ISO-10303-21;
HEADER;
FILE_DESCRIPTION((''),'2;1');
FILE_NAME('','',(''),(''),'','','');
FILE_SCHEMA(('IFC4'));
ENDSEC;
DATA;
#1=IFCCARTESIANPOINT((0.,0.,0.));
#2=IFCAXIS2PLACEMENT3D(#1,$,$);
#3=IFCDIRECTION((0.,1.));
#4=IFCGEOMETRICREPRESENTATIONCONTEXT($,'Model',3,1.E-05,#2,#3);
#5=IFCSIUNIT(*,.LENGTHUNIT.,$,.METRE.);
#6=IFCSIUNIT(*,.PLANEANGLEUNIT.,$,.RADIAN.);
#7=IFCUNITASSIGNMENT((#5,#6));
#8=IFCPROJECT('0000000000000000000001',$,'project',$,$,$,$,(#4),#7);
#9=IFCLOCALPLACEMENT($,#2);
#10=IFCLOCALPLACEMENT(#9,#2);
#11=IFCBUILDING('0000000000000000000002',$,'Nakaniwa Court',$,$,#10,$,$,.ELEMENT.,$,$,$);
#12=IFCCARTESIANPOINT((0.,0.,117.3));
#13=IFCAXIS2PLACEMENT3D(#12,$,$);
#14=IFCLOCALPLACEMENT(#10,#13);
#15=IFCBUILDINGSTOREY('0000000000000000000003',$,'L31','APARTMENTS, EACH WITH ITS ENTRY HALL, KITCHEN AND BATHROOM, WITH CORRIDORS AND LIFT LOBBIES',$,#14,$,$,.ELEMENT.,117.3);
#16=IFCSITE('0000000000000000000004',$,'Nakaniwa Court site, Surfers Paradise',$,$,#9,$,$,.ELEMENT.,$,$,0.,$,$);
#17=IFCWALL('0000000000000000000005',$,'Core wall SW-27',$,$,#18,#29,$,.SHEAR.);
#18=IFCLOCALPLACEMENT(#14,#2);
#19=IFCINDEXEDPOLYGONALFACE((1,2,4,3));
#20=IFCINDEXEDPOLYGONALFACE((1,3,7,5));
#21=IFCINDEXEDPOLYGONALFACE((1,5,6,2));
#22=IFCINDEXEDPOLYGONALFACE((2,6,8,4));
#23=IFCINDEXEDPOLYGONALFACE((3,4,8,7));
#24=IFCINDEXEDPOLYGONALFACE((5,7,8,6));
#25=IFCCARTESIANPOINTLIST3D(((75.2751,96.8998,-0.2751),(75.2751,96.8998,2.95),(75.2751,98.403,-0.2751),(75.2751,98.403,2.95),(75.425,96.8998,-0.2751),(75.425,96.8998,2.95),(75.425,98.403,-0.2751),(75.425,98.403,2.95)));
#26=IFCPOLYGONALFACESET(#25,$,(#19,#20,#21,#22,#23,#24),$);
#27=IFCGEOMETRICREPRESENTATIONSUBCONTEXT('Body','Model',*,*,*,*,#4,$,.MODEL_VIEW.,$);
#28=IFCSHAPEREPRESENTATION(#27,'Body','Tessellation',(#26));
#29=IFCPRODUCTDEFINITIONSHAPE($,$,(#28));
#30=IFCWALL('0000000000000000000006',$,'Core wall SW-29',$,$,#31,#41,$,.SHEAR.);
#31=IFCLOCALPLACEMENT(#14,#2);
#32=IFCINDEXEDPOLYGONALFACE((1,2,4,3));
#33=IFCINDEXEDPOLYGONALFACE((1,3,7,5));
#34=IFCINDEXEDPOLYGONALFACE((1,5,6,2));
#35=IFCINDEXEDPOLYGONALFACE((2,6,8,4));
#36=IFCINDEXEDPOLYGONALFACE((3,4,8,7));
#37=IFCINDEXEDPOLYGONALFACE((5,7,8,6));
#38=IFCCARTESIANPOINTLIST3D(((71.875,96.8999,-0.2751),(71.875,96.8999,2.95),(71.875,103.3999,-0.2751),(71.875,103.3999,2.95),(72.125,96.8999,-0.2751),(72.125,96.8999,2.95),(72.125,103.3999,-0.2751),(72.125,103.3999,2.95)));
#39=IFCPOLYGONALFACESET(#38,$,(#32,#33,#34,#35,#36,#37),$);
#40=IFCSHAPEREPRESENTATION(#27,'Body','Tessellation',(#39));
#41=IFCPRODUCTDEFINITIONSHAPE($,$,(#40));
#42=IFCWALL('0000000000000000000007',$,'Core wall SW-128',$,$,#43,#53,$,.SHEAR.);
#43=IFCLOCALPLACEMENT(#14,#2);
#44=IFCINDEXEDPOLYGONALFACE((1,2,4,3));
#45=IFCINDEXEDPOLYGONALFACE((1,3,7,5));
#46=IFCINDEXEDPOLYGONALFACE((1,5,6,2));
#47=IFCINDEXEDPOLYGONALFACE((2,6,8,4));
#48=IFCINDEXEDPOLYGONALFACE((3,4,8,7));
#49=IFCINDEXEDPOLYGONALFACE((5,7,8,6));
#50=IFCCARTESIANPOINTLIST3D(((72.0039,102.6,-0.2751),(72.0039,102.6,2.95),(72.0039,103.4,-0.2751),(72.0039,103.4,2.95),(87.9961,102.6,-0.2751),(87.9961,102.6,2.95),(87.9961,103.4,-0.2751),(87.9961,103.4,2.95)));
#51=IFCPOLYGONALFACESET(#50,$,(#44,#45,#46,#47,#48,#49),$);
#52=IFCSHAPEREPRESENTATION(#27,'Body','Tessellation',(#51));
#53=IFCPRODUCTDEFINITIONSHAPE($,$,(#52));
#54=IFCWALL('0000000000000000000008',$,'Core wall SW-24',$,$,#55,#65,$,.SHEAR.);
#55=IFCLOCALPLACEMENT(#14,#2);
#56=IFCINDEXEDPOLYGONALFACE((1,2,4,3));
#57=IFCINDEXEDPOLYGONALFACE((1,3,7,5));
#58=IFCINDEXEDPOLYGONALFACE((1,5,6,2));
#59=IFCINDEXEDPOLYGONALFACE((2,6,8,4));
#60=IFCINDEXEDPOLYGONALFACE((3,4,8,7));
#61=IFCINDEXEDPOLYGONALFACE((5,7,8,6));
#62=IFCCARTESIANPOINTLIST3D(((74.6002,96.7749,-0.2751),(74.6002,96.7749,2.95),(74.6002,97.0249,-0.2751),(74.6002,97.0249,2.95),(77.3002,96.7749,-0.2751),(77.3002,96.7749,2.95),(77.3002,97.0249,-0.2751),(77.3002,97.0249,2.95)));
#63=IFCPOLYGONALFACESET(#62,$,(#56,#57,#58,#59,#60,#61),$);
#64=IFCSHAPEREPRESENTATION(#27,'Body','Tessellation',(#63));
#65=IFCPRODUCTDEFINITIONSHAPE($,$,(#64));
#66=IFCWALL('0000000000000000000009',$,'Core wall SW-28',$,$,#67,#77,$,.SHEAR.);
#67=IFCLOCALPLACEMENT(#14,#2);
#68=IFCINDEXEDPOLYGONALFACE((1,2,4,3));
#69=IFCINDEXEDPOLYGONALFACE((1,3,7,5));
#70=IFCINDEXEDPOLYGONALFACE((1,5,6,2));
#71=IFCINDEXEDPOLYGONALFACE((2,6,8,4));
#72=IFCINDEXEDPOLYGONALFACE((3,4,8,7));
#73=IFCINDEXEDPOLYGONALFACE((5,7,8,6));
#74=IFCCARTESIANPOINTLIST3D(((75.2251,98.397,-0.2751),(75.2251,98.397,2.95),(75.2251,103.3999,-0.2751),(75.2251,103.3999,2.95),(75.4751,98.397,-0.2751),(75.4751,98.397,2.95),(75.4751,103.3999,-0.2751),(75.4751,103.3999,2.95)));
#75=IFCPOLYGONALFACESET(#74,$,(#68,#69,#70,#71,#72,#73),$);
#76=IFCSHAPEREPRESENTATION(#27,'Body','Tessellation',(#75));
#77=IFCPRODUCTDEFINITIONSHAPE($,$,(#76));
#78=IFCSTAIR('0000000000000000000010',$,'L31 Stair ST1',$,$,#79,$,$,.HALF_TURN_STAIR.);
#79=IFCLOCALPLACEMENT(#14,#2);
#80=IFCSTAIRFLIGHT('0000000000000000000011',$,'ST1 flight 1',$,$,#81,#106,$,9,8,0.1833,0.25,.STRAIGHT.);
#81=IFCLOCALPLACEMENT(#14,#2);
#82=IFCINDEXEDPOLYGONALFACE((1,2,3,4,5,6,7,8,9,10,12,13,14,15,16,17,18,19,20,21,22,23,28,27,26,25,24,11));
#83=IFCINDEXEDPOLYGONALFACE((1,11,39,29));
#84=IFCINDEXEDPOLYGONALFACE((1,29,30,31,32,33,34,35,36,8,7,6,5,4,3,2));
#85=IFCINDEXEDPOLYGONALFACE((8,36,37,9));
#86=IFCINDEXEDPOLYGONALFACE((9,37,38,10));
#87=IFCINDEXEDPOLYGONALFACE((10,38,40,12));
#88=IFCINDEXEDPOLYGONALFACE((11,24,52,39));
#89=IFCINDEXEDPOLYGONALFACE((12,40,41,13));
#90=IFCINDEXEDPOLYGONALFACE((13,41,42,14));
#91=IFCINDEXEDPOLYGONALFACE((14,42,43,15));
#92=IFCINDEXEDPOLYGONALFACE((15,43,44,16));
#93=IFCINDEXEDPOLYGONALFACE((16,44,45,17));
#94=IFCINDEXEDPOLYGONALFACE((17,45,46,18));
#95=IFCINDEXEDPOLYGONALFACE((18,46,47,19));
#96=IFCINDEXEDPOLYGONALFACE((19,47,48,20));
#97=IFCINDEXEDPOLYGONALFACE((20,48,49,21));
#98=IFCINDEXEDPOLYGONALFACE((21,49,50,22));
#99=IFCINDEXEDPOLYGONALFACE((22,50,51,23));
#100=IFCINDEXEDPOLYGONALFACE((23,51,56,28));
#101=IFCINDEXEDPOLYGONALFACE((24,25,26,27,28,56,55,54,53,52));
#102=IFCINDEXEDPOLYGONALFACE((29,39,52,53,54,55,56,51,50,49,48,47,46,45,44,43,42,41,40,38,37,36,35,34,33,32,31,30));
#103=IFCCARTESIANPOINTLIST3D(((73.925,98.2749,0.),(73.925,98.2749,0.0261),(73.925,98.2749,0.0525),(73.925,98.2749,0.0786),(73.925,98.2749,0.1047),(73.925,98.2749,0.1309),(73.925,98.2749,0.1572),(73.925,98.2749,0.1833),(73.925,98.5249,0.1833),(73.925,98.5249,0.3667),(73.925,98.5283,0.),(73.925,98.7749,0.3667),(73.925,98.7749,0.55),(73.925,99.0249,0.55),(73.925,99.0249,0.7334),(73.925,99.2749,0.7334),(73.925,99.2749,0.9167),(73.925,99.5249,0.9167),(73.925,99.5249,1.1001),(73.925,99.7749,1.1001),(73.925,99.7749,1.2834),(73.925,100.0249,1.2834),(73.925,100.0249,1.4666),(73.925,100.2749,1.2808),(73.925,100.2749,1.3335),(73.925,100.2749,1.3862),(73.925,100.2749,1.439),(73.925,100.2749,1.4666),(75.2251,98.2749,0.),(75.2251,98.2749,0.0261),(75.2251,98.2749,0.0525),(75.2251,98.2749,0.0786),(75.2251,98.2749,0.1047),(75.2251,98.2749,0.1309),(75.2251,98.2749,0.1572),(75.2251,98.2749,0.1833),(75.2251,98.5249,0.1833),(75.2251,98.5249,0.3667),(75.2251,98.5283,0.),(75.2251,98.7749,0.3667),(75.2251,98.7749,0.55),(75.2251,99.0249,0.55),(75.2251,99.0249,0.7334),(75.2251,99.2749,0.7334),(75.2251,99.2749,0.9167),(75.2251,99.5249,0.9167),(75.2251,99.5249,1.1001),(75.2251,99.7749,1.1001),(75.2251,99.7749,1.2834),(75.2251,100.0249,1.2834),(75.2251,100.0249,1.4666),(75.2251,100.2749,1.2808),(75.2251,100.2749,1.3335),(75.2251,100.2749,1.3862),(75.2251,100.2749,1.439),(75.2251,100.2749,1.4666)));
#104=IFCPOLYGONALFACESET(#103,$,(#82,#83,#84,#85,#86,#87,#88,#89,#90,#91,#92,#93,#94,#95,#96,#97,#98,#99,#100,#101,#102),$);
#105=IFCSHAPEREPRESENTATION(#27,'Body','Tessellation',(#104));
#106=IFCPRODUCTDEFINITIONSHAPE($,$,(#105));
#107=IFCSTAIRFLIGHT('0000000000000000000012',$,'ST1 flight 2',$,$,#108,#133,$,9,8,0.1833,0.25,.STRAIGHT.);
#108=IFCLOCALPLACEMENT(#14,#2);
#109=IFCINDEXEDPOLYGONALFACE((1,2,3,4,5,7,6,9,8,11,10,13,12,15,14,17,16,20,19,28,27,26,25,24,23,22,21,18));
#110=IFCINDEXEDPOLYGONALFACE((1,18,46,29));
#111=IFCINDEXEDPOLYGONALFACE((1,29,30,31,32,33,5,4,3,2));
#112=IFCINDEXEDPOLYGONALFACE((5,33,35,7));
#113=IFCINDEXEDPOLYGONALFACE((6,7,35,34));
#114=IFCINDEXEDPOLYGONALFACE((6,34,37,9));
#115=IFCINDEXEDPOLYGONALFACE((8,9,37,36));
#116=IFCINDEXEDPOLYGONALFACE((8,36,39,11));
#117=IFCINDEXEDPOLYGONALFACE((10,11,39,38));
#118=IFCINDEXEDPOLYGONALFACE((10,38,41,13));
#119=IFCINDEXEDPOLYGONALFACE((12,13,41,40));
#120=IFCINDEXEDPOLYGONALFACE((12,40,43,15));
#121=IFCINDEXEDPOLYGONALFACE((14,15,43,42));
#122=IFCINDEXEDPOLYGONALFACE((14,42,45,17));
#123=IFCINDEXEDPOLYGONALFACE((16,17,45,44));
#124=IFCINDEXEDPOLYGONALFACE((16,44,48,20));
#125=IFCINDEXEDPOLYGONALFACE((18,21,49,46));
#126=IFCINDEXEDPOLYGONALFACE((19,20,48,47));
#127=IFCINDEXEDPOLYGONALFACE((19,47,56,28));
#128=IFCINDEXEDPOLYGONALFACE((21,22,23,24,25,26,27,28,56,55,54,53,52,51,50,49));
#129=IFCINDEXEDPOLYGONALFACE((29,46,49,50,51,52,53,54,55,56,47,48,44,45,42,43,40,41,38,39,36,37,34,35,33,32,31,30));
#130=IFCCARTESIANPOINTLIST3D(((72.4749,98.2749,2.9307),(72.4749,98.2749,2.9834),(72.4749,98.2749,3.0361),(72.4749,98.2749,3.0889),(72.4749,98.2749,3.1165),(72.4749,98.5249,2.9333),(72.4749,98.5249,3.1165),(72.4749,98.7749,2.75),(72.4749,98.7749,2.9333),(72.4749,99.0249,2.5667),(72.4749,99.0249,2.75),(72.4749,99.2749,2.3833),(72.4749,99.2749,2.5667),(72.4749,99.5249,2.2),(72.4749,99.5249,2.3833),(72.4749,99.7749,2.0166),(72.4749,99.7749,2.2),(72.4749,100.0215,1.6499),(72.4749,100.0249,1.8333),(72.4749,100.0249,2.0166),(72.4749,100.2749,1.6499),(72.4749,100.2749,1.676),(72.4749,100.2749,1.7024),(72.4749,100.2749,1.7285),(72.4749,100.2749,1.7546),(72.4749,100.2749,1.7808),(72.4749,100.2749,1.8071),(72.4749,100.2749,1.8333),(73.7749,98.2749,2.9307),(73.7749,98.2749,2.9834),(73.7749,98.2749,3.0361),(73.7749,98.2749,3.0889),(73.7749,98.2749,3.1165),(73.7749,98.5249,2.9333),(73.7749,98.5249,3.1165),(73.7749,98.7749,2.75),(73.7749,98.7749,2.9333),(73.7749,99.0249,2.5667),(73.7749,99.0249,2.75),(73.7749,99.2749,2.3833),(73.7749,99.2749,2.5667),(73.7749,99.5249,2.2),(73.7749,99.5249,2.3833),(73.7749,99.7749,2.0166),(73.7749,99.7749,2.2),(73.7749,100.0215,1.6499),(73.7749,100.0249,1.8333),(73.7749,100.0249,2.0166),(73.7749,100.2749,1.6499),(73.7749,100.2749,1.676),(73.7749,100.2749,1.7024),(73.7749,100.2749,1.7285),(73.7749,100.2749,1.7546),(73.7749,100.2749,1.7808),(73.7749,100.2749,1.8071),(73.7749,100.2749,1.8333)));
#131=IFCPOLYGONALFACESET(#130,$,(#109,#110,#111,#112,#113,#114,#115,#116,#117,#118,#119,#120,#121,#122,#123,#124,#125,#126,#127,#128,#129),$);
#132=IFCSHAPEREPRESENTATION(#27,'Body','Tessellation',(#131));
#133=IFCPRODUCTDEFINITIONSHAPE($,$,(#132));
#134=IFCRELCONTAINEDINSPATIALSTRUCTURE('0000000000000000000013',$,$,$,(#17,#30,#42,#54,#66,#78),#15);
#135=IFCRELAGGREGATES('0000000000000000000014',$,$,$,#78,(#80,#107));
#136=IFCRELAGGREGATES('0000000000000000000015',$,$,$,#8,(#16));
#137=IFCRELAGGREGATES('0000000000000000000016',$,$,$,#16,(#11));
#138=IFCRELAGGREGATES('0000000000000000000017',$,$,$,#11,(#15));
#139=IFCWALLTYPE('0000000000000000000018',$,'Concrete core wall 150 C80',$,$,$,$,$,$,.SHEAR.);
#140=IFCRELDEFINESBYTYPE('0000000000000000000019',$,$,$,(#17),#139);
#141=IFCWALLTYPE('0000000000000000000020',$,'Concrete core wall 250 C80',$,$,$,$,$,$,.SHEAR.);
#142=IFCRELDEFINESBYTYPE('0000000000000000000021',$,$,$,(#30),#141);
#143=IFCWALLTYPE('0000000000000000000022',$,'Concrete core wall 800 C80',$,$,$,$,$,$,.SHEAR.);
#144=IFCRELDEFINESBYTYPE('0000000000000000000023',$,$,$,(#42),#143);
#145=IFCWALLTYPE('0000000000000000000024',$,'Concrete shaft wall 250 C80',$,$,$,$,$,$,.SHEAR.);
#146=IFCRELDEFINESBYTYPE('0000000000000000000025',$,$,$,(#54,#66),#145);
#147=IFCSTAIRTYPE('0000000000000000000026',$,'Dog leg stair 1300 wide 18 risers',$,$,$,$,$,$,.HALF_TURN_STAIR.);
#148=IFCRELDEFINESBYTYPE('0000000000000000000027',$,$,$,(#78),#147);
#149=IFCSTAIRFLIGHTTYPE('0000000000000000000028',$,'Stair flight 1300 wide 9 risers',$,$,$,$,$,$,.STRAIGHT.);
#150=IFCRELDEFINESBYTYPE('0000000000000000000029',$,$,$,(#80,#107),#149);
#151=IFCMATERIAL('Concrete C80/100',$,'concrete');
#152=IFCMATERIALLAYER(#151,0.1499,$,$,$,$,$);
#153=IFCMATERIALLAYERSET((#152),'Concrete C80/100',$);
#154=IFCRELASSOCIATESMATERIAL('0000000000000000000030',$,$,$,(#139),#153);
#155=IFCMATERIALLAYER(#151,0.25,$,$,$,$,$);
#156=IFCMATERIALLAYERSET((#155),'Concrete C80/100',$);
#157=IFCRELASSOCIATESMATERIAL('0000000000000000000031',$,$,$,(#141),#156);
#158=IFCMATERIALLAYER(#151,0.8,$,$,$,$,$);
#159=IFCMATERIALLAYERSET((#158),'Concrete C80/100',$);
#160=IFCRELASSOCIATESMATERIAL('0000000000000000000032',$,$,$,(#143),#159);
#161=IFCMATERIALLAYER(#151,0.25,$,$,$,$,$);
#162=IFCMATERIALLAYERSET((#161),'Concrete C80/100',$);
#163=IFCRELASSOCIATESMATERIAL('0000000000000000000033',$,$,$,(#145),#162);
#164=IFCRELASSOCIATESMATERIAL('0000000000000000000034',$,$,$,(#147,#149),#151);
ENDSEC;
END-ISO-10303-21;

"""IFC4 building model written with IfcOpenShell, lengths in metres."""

from ifc_helpers import new_model, si_unit, direction, frame, frame_2d, origin, place, context, subcontext, project, spatial, polyline, rectangle, outline, extrude, material, layer, layer_set, type_object, element, aggregate, save


model = new_model("IFC4")

# Units and contexts
model_context = context("Model", 3, precision=1e-05, world=origin(), true_north=direction((0.0, 1.0)))
body_context = subcontext(model_context, "Body", "Model", "MODEL_VIEW")
ifc_project = project(units=[si_unit("LENGTHUNIT", "METRE"), si_unit("PLANEANGLEUNIT", "RADIAN")], contexts=[model_context])

# Site, building, storey
site_placement = place(None, origin())
site = spatial("IfcSite", under=ifc_project, at=site_placement, Name="Nakaniwa Court site, Surfers Paradise", CompositionType="ELEMENT", RefElevation=0.0)
building_placement = place(site_placement, origin())
building = spatial("IfcBuilding", under=site, at=building_placement, Name="Nakaniwa Court", CompositionType="ELEMENT")
storey_placement = place(building_placement, frame((0.0, 0.0, 117.3)))
storey = spatial("IfcBuildingStorey", under=building, at=storey_placement, Name="L31", Description="APARTMENTS, EACH WITH ITS ENTRY HALL, KITCHEN AND BATHROOM, WITH CORRIDORS AND LIFT LOBBIES", CompositionType="ELEMENT", Elevation=117.3)

# Shared definitions
ifc_material_1 = material(Name="Concrete C80/100", Category="concrete")

# Shared definitions
ifc_layer_1 = layer(ifc_material_1, 0.1499)
ifc_layer_set_1 = layer_set([ifc_layer_1], Name="Concrete C80/100")
wall_type_1 = type_object("IfcWallType", Name="Concrete core wall 150 C80", PredefinedType="SHEAR", material=ifc_layer_set_1)

# Walls
wall_1_placement = place(storey_placement, frame((75.3501, 96.8999, -0.2751), z_axis=(0.0, 0.0, 1.0), x_axis=(0.0, 1.0, 0.0)))
element("IfcWall", 1, at=wall_1_placement, inside=storey, type_object=wall_type_1, Name="Core wall SW-27", PredefinedType="SHEAR", context=body_context, shape_type="SweptSolid", body=[
    extrude(rectangle(XDim=1.5032, YDim=0.1499, at=frame_2d((0.7515, 0.0))), origin(), (0.0, 0.0, 1.0), 3.2251),
])
ifc_layer_2 = layer(ifc_material_1, 0.25)
ifc_layer_set_2 = layer_set([ifc_layer_2], Name="Concrete C80/100")
wall_type_2 = type_object("IfcWallType", Name="Concrete core wall 250 C80", PredefinedType="SHEAR", material=ifc_layer_set_2)
wall_2_placement = place(storey_placement, frame((72.0, 96.8999, -0.2751), z_axis=(0.0, 0.0, 1.0), x_axis=(0.0, 1.0, 0.0)))
element("IfcWall", 2, at=wall_2_placement, inside=storey, type_object=wall_type_2, Name="Core wall SW-29", PredefinedType="SHEAR", context=body_context, shape_type="SweptSolid", body=[
    extrude(rectangle(XDim=6.5, YDim=0.25, at=frame_2d((3.25, 0.0))), origin(), (0.0, 0.0, 1.0), 3.2251),
])
ifc_layer_3 = layer(ifc_material_1, 0.8)
ifc_layer_set_3 = layer_set([ifc_layer_3], Name="Concrete C80/100")
wall_type_3 = type_object("IfcWallType", Name="Concrete core wall 800 C80", PredefinedType="SHEAR", material=ifc_layer_set_3)
wall_3_placement = place(storey_placement, frame((72.0039, 103.0, -0.2751), z_axis=(0.0, 0.0, 1.0), x_axis=(1.0, 0.0, 0.0)))
element("IfcWall", 3, at=wall_3_placement, inside=storey, type_object=wall_type_3, Name="Core wall SW-128", PredefinedType="SHEAR", context=body_context, shape_type="SweptSolid", body=[
    extrude(rectangle(XDim=15.9922, YDim=0.8, at=frame_2d((7.9961, 0.0))), origin(), (0.0, 0.0, 1.0), 3.2251),
])
ifc_layer_4 = layer(ifc_material_1, 0.25)
ifc_layer_set_4 = layer_set([ifc_layer_4], Name="Concrete C80/100")
wall_type_4 = type_object("IfcWallType", Name="Concrete shaft wall 250 C80", PredefinedType="SHEAR", material=ifc_layer_set_4)
wall_4_placement = place(storey_placement, frame((74.6001, 96.8999, -0.2751), z_axis=(0.0, 0.0, 1.0), x_axis=(1.0, 0.0, 0.0)))
element("IfcWall", 4, at=wall_4_placement, inside=storey, type_object=wall_type_4, Name="Core wall SW-24", PredefinedType="SHEAR", context=body_context, shape_type="SweptSolid", body=[
    extrude(rectangle(XDim=2.7, YDim=0.25, at=frame_2d((1.3501, 0.0))), origin(), (0.0, 0.0, 1.0), 3.2251),
])
wall_5_placement = place(storey_placement, frame((75.3501, 98.397, -0.2751), z_axis=(0.0, 0.0, 1.0), x_axis=(0.0, 1.0, 0.0)))
element("IfcWall", 5, at=wall_5_placement, inside=storey, type_object=wall_type_4, Name="Core wall SW-28", PredefinedType="SHEAR", context=body_context, shape_type="SweptSolid", body=[
    extrude(rectangle(XDim=5.0029, YDim=0.25, at=frame_2d((2.5015, 0.0))), origin(), (0.0, 0.0, 1.0), 3.2251),
])

# Stair, stair flights
stair_type = type_object("IfcStairType", Name="Dog leg stair 1300 wide 18 risers", PredefinedType="HALF_TURN_STAIR", material=ifc_material_1)
stair_placement = place(storey_placement, origin())
stair = element("IfcStair", 6, at=stair_placement, inside=storey, type_object=stair_type, Name="L31 Stair ST1", PredefinedType="HALF_TURN_STAIR")
stair_flight_type = type_object("IfcStairFlightType", Name="Stair flight 1300 wide 9 risers", PredefinedType="STRAIGHT", material=ifc_material_1)
stair_flight_1_placement = place(storey_placement, frame((74.575, 98.2749, 0.0), z_axis=(0.0, 0.0, 1.0), x_axis=(0.0, 1.0, 0.0)))
stair_flight_1 = element("IfcStairFlight", 7, at=stair_flight_1_placement, type_object=stair_flight_type, Name="ST1 flight 1", NumberOfRisers=9, NumberOfTreads=8, PredefinedType="STRAIGHT", RiserHeight=0.1833, TreadLength=0.25, context=body_context, shape_type="SweptSolid", body=[
    extrude(outline(polyline([(0.0, 0.0), (0.0, 0.0261), (0.0, 0.0525), (0.0, 0.0786), (0.0, 0.1047), (0.0, 0.1309), (0.0, 0.1572), (0.0, 0.1833), (0.25, 0.1833), (0.25, 0.3667), (0.5, 0.3667), (0.5, 0.55), (0.75, 0.55), (0.75, 0.7334), (1.0, 0.7334), (1.0, 0.9167), (1.25, 0.9167), (1.25, 1.1001), (1.5, 1.1001), (1.5, 1.2834), (1.75, 1.2834), (1.75, 1.4666), (2.0, 1.4666), (2.0, 1.6499), (2.0, 1.5972), (2.0, 1.5444), (2.0, 1.4917), (2.0, 1.439), (2.0, 1.3862), (2.0, 1.3335), (2.0, 1.2808), (0.2534, 0.0), (0.0, 0.0)])), frame((0.0, 0.6499, 0.0), z_axis=(0.0, -1.0, 0.0), x_axis=(1.0, 0.0, 0.0)), (0.0, 0.0, 1.0), 1.3),
])
stair_flight_2_placement = place(storey_placement, frame((73.125, 100.2749, 1.6499), z_axis=(0.0, 0.0, 1.0), x_axis=(0.0, -1.0, 0.0)))
stair_flight_2 = element("IfcStairFlight", 8, at=stair_flight_2_placement, type_object=stair_flight_type, Name="ST1 flight 2", NumberOfRisers=9, NumberOfTreads=8, PredefinedType="STRAIGHT", RiserHeight=0.1833, TreadLength=0.25, context=body_context, shape_type="SweptSolid", body=[
    extrude(outline(polyline([(0.0, 0.0), (0.0, 0.0261), (0.0, 0.0525), (0.0, 0.0786), (0.0, 0.1047), (0.0, 0.1309), (0.0, 0.1572), (0.0, 0.1833), (0.25, 0.1833), (0.25, 0.3667), (0.5, 0.3667), (0.5, 0.55), (0.75, 0.55), (0.75, 0.7334), (1.0, 0.7334), (1.0, 0.9167), (1.25, 0.9167), (1.25, 1.1001), (1.5, 1.1001), (1.5, 1.2834), (1.75, 1.2834), (1.75, 1.4666), (2.0, 1.4666), (2.0, 1.6499), (2.0, 1.5972), (2.0, 1.5444), (2.0, 1.4917), (2.0, 1.439), (2.0, 1.3862), (2.0, 1.3335), (2.0, 1.2808), (0.2534, 0.0), (0.0, 0.0)])), frame((0.0, 0.6499, 0.0), z_axis=(0.0, -1.0, 0.0), x_axis=(1.0, 0.0, 0.0)), (0.0, 0.0, 1.0), 1.3),
])
aggregate(stair, [stair_flight_1, stair_flight_2])

save(model, "model.ifc")
